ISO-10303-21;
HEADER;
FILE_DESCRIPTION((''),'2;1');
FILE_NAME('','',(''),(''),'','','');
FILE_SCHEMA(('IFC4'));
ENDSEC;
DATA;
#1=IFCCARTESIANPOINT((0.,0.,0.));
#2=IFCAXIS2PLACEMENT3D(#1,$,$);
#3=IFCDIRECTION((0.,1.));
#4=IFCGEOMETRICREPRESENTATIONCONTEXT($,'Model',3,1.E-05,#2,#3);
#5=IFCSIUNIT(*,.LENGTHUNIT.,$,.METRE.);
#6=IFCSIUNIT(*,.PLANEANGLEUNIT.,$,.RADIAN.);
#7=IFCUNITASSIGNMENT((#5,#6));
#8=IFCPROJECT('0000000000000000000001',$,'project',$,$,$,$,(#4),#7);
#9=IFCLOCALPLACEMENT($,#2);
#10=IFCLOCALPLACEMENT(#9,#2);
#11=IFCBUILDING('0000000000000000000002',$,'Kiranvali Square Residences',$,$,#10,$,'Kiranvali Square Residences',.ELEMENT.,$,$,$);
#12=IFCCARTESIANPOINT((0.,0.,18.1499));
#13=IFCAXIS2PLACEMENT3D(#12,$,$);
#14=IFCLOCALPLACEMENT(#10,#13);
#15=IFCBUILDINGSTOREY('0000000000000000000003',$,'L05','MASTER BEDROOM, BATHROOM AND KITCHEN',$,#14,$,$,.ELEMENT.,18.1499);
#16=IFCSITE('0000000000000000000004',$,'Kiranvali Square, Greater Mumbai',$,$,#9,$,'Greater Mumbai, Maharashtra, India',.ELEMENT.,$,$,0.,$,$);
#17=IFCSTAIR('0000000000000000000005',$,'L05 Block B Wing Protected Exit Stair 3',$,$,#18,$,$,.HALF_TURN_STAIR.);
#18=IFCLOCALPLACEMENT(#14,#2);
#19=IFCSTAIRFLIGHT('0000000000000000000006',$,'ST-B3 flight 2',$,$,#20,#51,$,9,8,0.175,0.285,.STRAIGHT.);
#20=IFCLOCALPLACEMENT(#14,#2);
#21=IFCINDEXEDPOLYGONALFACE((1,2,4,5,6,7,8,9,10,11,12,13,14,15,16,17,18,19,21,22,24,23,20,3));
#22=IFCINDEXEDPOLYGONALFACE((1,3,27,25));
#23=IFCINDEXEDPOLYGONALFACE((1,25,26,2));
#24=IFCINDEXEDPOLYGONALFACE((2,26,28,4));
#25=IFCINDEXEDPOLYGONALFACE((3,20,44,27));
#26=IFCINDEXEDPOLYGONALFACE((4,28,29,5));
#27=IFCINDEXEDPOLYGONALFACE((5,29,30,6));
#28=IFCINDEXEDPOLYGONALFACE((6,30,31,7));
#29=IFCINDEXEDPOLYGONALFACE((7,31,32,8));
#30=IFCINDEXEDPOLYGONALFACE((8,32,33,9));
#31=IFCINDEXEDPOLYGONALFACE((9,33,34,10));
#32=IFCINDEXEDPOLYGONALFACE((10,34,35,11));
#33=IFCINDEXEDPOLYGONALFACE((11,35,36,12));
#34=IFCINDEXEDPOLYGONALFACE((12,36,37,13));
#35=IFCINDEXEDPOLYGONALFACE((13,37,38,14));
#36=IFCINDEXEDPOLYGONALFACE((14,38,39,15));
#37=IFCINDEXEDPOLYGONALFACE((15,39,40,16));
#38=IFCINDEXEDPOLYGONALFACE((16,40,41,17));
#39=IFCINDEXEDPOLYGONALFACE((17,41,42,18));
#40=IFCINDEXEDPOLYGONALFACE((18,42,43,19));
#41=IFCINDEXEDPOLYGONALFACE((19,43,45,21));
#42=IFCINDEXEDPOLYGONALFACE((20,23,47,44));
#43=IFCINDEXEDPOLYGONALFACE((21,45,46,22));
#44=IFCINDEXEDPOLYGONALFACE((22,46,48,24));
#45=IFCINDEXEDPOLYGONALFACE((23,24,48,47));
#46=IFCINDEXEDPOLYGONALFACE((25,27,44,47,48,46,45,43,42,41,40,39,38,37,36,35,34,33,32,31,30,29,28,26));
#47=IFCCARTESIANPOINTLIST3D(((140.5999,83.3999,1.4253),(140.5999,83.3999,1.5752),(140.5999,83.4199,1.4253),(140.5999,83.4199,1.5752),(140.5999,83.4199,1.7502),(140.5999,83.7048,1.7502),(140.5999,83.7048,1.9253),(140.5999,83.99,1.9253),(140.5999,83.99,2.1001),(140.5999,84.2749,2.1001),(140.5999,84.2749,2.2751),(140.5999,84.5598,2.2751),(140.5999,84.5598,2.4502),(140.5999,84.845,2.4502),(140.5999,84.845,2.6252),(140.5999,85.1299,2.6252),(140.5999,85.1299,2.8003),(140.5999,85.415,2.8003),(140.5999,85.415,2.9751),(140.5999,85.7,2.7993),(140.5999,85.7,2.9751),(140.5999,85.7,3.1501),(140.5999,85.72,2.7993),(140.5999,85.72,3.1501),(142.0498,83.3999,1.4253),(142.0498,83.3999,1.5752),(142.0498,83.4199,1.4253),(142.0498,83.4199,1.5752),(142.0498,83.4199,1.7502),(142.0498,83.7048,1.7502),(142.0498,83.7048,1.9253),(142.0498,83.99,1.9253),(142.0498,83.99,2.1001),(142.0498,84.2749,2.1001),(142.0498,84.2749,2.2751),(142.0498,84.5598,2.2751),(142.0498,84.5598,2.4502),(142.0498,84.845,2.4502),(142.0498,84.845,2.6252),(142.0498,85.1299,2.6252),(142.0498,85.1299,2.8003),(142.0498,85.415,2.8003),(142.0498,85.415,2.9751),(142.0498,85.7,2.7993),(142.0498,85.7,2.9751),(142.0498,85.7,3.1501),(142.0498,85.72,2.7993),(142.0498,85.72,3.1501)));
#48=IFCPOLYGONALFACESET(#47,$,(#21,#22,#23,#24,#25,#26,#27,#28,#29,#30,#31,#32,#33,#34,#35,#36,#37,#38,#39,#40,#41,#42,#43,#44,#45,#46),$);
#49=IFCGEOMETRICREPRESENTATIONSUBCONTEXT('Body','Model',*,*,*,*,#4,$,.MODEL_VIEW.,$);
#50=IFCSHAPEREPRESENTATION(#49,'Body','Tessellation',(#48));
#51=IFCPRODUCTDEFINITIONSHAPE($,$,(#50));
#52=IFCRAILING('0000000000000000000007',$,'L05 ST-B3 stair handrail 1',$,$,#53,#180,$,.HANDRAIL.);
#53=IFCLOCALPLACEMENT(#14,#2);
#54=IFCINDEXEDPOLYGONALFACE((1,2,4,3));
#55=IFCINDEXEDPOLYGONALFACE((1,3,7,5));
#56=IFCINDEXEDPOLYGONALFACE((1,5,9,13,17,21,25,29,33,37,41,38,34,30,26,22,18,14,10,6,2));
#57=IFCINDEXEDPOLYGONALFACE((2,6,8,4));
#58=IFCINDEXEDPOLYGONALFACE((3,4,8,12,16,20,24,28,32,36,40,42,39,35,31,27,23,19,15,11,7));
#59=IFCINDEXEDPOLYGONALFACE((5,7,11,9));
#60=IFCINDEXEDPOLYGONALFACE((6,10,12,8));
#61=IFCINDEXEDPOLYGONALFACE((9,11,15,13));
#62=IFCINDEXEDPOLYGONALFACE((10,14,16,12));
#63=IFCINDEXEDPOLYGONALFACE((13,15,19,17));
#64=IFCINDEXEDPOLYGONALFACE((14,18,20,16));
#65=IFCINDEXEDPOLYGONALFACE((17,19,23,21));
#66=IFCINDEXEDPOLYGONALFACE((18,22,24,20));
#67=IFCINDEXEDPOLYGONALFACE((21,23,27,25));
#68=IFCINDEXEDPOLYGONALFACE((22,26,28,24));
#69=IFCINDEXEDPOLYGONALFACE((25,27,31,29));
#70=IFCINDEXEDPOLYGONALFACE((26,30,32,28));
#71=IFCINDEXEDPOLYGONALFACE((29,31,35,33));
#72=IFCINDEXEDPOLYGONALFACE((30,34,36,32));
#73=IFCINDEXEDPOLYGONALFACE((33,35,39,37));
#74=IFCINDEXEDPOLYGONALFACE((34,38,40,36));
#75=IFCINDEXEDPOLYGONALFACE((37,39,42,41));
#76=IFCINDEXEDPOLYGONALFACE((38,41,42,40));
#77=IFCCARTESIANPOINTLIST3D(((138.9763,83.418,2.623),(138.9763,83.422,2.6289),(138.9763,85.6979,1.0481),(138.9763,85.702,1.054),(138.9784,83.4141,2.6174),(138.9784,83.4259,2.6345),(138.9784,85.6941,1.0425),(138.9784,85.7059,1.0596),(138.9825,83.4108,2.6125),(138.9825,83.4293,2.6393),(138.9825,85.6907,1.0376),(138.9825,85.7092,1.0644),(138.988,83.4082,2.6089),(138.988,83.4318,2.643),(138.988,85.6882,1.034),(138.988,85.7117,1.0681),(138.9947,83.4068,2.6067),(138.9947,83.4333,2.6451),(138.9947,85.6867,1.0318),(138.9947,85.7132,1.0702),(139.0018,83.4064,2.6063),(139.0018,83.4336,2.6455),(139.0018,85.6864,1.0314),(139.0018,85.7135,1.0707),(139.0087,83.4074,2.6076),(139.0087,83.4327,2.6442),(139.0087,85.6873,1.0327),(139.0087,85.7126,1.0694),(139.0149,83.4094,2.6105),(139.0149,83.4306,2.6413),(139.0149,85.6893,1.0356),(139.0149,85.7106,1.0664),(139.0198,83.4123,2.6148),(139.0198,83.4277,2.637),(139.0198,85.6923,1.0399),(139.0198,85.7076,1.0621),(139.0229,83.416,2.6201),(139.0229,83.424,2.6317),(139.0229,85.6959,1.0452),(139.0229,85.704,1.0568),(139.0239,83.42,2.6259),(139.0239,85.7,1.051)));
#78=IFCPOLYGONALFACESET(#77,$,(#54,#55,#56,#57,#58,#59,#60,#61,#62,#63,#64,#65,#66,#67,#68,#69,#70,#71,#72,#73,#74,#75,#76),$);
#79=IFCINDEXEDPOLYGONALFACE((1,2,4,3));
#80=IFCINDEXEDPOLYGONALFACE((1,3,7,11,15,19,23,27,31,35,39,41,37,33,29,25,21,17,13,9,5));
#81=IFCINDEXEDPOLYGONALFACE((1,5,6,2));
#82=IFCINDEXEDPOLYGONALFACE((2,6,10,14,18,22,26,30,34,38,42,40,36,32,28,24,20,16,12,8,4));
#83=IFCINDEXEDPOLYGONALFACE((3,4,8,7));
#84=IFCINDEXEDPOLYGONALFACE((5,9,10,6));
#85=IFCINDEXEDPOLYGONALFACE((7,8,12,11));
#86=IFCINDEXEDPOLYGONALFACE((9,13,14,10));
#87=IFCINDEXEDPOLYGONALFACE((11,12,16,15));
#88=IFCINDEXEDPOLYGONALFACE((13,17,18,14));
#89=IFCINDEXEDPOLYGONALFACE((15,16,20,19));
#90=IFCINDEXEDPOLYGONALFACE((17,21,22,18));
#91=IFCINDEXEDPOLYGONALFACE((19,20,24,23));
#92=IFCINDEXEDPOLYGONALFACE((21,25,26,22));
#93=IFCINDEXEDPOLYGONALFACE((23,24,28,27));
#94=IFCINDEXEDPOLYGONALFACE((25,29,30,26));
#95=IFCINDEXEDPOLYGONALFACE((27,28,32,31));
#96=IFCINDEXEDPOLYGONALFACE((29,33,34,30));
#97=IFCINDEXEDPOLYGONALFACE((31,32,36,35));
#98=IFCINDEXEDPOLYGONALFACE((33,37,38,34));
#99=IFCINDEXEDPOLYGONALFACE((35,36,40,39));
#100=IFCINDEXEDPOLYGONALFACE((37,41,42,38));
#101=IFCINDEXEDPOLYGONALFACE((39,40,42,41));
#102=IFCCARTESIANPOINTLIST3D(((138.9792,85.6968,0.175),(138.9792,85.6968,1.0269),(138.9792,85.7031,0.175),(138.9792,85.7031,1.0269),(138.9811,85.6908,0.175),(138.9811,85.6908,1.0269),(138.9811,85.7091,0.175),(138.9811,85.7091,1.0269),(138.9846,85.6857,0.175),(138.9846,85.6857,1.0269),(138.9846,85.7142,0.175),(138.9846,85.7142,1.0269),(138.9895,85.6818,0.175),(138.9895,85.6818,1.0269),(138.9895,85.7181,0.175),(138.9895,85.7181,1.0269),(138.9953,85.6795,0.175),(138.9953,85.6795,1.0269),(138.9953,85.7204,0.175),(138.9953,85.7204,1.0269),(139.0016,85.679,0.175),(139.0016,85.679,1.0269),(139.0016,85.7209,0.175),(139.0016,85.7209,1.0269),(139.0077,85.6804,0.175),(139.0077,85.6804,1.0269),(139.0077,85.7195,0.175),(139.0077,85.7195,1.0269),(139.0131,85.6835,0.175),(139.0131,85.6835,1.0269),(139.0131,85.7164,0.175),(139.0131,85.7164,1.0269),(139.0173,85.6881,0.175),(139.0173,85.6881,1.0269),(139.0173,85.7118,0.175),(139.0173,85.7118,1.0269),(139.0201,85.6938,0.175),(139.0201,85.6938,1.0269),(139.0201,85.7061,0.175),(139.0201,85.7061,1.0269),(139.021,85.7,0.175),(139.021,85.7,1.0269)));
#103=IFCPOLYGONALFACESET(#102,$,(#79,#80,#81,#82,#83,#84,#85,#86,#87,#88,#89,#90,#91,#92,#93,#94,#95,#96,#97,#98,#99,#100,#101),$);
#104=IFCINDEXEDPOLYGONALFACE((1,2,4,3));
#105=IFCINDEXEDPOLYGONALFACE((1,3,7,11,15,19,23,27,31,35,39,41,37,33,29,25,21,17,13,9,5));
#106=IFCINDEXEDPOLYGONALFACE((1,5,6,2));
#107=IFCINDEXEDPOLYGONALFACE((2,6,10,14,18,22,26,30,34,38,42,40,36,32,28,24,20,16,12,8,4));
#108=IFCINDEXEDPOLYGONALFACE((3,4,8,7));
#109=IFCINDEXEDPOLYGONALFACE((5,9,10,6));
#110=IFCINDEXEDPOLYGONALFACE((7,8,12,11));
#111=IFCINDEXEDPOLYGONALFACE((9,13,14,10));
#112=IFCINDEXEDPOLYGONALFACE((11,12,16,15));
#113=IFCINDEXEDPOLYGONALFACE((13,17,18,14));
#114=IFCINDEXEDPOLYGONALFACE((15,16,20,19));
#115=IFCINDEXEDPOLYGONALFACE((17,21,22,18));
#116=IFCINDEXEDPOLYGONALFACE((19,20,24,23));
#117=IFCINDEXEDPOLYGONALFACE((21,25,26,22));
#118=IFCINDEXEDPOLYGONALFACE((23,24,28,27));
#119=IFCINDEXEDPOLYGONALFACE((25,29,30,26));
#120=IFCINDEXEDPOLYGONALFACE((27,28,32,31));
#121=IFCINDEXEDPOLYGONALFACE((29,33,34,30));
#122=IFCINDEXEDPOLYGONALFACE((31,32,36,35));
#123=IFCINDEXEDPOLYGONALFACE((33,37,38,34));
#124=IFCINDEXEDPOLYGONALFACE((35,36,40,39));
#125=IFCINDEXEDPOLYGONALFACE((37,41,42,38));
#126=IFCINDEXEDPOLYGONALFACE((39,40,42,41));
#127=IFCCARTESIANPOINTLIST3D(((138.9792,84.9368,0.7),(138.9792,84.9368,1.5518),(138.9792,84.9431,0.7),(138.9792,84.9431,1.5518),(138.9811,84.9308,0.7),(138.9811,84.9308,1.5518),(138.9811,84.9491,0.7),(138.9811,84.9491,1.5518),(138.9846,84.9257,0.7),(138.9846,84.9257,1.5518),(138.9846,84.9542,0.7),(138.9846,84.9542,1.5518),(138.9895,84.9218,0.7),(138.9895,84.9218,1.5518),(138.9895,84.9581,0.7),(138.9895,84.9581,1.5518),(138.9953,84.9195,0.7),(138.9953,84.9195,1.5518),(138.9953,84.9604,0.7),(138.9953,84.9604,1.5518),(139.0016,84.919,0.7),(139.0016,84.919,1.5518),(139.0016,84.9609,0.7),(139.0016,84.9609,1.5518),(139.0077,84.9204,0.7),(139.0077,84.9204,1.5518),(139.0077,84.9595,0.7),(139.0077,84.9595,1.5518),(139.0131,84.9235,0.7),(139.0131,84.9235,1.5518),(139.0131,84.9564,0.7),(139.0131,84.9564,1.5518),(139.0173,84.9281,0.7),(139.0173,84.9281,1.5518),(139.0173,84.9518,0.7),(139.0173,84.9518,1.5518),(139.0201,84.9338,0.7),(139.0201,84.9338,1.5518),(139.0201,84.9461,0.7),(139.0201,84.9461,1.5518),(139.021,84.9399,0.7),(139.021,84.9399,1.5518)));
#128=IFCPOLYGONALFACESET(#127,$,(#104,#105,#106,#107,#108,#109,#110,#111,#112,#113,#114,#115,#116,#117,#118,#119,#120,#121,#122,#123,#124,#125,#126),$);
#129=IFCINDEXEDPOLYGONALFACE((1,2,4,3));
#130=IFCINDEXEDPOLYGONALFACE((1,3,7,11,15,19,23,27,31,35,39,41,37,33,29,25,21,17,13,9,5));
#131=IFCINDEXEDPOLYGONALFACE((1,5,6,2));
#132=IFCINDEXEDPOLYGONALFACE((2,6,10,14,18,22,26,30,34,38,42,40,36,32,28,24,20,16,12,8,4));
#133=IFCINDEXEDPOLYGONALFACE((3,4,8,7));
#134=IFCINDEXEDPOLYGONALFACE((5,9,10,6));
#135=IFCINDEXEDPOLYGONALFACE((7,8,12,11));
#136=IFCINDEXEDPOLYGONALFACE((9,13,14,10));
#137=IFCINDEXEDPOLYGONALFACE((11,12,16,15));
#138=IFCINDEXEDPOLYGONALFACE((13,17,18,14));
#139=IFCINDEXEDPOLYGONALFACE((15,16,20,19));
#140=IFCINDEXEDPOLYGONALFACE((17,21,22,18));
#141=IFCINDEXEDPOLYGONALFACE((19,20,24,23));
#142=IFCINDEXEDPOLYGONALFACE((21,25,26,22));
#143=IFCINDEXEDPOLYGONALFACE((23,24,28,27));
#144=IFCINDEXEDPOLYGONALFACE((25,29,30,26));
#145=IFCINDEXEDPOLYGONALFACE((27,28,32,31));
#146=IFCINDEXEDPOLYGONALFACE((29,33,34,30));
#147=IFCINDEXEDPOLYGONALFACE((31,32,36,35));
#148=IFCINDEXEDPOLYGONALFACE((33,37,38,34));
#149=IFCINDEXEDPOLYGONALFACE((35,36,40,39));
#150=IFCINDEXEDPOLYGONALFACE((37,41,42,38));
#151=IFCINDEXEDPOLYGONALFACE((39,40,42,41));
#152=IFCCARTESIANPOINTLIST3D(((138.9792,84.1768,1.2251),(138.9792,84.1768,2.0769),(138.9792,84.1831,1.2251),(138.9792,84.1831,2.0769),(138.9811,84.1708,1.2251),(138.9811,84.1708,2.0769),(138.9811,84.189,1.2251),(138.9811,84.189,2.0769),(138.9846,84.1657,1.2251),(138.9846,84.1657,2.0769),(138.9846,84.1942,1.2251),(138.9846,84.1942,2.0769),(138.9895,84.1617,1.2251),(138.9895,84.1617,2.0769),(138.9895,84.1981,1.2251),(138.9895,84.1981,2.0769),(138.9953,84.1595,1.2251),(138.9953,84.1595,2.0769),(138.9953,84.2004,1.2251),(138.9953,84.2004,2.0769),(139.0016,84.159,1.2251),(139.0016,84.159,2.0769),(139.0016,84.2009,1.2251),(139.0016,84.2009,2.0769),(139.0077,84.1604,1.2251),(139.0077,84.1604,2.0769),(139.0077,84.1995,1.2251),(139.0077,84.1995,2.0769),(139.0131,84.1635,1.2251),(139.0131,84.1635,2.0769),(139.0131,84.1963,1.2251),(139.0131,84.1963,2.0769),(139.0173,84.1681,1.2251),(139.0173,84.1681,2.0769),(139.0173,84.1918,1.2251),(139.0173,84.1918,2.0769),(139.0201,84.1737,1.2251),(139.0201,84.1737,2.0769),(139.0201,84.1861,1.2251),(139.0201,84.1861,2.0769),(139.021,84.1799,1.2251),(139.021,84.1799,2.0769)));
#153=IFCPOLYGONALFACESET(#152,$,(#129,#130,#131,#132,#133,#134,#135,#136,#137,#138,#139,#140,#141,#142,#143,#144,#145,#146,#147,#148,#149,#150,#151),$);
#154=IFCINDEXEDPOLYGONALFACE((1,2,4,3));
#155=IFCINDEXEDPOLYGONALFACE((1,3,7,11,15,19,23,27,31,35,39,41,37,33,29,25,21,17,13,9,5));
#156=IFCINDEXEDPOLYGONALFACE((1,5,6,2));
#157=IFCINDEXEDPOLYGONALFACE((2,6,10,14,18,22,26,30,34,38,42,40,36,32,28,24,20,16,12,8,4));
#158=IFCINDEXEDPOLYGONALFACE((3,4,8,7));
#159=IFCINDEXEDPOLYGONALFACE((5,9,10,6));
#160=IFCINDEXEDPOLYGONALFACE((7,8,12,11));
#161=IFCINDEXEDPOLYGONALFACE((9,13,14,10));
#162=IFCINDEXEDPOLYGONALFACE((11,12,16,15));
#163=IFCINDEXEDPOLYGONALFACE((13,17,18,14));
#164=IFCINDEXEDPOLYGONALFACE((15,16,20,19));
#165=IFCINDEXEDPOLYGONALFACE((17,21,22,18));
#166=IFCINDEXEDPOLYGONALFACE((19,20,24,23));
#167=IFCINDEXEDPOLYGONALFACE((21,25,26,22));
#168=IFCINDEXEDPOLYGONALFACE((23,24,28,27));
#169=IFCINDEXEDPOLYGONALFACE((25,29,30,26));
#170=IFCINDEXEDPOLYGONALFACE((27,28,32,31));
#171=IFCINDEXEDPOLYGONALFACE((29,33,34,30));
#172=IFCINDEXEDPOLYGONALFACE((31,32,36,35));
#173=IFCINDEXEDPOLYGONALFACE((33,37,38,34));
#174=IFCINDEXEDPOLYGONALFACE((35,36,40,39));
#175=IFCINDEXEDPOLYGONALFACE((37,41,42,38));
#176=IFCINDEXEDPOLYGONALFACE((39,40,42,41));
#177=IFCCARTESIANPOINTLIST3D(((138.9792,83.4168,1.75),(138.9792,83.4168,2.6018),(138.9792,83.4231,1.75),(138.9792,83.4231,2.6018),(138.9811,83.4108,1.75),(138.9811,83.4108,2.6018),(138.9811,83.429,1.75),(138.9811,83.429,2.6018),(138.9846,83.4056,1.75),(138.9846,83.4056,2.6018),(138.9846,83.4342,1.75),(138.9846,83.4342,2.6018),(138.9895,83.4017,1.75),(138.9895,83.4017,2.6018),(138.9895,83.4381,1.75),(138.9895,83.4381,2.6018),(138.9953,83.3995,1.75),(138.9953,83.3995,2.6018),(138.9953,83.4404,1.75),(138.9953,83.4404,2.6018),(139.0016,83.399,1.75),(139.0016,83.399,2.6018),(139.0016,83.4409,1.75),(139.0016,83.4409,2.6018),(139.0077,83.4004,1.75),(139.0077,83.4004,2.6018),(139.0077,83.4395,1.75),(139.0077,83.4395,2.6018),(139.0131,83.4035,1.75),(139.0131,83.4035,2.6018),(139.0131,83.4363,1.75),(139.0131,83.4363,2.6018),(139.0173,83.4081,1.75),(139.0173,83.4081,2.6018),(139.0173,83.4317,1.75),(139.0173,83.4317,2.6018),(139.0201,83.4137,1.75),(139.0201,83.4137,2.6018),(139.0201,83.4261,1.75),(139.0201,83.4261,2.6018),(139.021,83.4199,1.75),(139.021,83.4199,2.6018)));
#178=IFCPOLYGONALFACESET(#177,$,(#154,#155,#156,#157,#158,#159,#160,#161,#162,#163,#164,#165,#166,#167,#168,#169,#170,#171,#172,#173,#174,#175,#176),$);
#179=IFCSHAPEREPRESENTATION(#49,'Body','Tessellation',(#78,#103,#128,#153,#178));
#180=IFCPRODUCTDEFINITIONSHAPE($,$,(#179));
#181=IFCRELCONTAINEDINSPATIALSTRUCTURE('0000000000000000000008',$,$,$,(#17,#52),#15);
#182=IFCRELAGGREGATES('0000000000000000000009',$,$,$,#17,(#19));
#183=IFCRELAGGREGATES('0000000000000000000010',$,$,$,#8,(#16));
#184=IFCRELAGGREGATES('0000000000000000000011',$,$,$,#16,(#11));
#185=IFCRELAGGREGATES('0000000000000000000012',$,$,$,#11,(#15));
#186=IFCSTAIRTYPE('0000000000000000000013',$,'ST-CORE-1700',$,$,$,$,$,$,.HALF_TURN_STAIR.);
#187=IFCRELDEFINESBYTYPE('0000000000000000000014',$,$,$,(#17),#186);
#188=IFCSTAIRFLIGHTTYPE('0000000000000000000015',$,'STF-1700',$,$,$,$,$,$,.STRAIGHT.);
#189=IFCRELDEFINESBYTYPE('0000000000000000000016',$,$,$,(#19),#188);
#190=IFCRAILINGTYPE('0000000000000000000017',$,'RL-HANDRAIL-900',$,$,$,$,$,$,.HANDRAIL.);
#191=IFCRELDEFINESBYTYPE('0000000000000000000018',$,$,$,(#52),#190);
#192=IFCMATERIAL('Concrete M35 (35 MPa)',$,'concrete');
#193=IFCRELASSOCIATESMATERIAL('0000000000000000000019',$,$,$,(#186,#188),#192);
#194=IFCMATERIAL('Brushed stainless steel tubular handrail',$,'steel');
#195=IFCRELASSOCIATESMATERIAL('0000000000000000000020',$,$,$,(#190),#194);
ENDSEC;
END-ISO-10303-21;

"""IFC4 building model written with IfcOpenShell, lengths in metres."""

from ifc_helpers import new_model, si_unit, direction, frame, origin, origin_2d, place, context, subcontext, project, spatial, polyline, circle, outline, extrude, material, type_object, element, aggregate, save


model = new_model("IFC4")

# Units and contexts
model_context = context("Model", 3, precision=1e-05, world=origin(), true_north=direction((0.0, 1.0)))
body_context = subcontext(model_context, "Body", "Model", "MODEL_VIEW")
ifc_project = project(units=[si_unit("LENGTHUNIT", "METRE"), si_unit("PLANEANGLEUNIT", "RADIAN")], contexts=[model_context])

# Site, building, storey
site_placement = place(None, origin())
site = spatial("IfcSite", under=ifc_project, at=site_placement, Name="Kiranvali Square, Greater Mumbai", LongName="Greater Mumbai, Maharashtra, India", CompositionType="ELEMENT", RefElevation=0.0)
building_placement = place(site_placement, origin())
building = spatial("IfcBuilding", under=site, at=building_placement, Name="Kiranvali Square Residences", LongName="Kiranvali Square Residences", CompositionType="ELEMENT")
storey_placement = place(building_placement, frame((0.0, 0.0, 18.1499)))
storey = spatial("IfcBuildingStorey", under=building, at=storey_placement, Name="L05", Description="MASTER BEDROOM, BATHROOM AND KITCHEN", CompositionType="ELEMENT", Elevation=18.1499)

# Stair, stair flight
ifc_material_1 = material(Name="Concrete M35 (35 MPa)", Category="concrete")
stair_type = type_object("IfcStairType", Name="ST-CORE-1700", PredefinedType="HALF_TURN_STAIR", material=ifc_material_1)
stair_placement = place(storey_placement, origin())
stair = element("IfcStair", 1, at=stair_placement, inside=storey, type_object=stair_type, Name="L05 Block B Wing Protected Exit Stair 3", PredefinedType="HALF_TURN_STAIR")
stair_flight_type = type_object("IfcStairFlightType", Name="STF-1700", PredefinedType="STRAIGHT", material=ifc_material_1)
stair_flight_1_placement = place(storey_placement, frame((141.325, 83.4199, 1.5752), z_axis=(0.0, 0.0, 1.0), x_axis=(0.0, 1.0, 0.0)))
stair_flight_1 = element("IfcStairFlight", 2, at=stair_flight_1_placement, type_object=stair_flight_type, Name="ST-B3 flight 2", NumberOfRisers=9, NumberOfTreads=8, PredefinedType="STRAIGHT", RiserHeight=0.175, TreadLength=0.285, context=body_context, shape_type="SweptSolid", body=[
    extrude(outline(polyline([(-0.02, -0.1499), (-0.02, 0.0), (0.0, 0.0), (0.0, 0.175), (0.2849, 0.175), (0.2849, 0.3501), (0.5701, 0.3501), (0.5701, 0.5249), (0.855, 0.5249), (0.855, 0.7), (1.1399, 0.7), (1.1399, 0.875), (1.425, 0.875), (1.425, 1.05), (1.71, 1.05), (1.71, 1.2251), (1.9951, 1.2251), (1.9951, 1.3999), (2.28, 1.3999), (2.28, 1.575), (2.3, 1.575), (2.3, 1.2241), (2.28, 1.2241), (0.0, -0.1499), (-0.02, -0.1499)])), frame((0.0, 0.7251, 0.0), z_axis=(0.0, -1.0, 0.0), x_axis=(1.0, 0.0, 0.0)), (0.0, 0.0, 1.0), 1.45),
])
aggregate(stair, [stair_flight_1])

# Railing
ifc_material_2 = material(Name="Brushed stainless steel tubular handrail", Category="steel")
railing_type_1 = type_object("IfcRailingType", Name="RL-HANDRAIL-900", PredefinedType="HANDRAIL", material=ifc_material_2)
railing_1_placement = place(storey_placement, frame((139.0, 85.7, 0.175)))
element("IfcRailing", 3, at=railing_1_placement, inside=storey, type_object=railing_type_1, Name="L05 ST-B3 stair handrail 1", PredefinedType="HANDRAIL", context=body_context, shape_type="SweptSolid", body=[
    extrude(circle(Radius=0.0239, at=origin_2d()), frame((0.0, 0.0, 0.876), z_axis=(0.0, -0.822788, 0.568348), x_axis=(1.0, 0.0, 0.0)), (0.0, 0.0, 1.0), 2.771),
    extrude(circle(Radius=0.021, at=origin_2d()), origin(), (0.0, 0.0, 1.0), 0.8518),
    extrude(circle(Radius=0.021, at=origin_2d()), frame((0.0, -0.76, 0.5249)), (0.0, 0.0, 1.0), 0.8518),
    extrude(circle(Radius=0.021, at=origin_2d()), frame((0.0, -1.52, 1.05)), (0.0, 0.0, 1.0), 0.8518),
    extrude(circle(Radius=0.021, at=origin_2d()), frame((0.0, -2.28, 1.575)), (0.0, 0.0, 1.0), 0.8518),
])

save(model, "model.ifc")
